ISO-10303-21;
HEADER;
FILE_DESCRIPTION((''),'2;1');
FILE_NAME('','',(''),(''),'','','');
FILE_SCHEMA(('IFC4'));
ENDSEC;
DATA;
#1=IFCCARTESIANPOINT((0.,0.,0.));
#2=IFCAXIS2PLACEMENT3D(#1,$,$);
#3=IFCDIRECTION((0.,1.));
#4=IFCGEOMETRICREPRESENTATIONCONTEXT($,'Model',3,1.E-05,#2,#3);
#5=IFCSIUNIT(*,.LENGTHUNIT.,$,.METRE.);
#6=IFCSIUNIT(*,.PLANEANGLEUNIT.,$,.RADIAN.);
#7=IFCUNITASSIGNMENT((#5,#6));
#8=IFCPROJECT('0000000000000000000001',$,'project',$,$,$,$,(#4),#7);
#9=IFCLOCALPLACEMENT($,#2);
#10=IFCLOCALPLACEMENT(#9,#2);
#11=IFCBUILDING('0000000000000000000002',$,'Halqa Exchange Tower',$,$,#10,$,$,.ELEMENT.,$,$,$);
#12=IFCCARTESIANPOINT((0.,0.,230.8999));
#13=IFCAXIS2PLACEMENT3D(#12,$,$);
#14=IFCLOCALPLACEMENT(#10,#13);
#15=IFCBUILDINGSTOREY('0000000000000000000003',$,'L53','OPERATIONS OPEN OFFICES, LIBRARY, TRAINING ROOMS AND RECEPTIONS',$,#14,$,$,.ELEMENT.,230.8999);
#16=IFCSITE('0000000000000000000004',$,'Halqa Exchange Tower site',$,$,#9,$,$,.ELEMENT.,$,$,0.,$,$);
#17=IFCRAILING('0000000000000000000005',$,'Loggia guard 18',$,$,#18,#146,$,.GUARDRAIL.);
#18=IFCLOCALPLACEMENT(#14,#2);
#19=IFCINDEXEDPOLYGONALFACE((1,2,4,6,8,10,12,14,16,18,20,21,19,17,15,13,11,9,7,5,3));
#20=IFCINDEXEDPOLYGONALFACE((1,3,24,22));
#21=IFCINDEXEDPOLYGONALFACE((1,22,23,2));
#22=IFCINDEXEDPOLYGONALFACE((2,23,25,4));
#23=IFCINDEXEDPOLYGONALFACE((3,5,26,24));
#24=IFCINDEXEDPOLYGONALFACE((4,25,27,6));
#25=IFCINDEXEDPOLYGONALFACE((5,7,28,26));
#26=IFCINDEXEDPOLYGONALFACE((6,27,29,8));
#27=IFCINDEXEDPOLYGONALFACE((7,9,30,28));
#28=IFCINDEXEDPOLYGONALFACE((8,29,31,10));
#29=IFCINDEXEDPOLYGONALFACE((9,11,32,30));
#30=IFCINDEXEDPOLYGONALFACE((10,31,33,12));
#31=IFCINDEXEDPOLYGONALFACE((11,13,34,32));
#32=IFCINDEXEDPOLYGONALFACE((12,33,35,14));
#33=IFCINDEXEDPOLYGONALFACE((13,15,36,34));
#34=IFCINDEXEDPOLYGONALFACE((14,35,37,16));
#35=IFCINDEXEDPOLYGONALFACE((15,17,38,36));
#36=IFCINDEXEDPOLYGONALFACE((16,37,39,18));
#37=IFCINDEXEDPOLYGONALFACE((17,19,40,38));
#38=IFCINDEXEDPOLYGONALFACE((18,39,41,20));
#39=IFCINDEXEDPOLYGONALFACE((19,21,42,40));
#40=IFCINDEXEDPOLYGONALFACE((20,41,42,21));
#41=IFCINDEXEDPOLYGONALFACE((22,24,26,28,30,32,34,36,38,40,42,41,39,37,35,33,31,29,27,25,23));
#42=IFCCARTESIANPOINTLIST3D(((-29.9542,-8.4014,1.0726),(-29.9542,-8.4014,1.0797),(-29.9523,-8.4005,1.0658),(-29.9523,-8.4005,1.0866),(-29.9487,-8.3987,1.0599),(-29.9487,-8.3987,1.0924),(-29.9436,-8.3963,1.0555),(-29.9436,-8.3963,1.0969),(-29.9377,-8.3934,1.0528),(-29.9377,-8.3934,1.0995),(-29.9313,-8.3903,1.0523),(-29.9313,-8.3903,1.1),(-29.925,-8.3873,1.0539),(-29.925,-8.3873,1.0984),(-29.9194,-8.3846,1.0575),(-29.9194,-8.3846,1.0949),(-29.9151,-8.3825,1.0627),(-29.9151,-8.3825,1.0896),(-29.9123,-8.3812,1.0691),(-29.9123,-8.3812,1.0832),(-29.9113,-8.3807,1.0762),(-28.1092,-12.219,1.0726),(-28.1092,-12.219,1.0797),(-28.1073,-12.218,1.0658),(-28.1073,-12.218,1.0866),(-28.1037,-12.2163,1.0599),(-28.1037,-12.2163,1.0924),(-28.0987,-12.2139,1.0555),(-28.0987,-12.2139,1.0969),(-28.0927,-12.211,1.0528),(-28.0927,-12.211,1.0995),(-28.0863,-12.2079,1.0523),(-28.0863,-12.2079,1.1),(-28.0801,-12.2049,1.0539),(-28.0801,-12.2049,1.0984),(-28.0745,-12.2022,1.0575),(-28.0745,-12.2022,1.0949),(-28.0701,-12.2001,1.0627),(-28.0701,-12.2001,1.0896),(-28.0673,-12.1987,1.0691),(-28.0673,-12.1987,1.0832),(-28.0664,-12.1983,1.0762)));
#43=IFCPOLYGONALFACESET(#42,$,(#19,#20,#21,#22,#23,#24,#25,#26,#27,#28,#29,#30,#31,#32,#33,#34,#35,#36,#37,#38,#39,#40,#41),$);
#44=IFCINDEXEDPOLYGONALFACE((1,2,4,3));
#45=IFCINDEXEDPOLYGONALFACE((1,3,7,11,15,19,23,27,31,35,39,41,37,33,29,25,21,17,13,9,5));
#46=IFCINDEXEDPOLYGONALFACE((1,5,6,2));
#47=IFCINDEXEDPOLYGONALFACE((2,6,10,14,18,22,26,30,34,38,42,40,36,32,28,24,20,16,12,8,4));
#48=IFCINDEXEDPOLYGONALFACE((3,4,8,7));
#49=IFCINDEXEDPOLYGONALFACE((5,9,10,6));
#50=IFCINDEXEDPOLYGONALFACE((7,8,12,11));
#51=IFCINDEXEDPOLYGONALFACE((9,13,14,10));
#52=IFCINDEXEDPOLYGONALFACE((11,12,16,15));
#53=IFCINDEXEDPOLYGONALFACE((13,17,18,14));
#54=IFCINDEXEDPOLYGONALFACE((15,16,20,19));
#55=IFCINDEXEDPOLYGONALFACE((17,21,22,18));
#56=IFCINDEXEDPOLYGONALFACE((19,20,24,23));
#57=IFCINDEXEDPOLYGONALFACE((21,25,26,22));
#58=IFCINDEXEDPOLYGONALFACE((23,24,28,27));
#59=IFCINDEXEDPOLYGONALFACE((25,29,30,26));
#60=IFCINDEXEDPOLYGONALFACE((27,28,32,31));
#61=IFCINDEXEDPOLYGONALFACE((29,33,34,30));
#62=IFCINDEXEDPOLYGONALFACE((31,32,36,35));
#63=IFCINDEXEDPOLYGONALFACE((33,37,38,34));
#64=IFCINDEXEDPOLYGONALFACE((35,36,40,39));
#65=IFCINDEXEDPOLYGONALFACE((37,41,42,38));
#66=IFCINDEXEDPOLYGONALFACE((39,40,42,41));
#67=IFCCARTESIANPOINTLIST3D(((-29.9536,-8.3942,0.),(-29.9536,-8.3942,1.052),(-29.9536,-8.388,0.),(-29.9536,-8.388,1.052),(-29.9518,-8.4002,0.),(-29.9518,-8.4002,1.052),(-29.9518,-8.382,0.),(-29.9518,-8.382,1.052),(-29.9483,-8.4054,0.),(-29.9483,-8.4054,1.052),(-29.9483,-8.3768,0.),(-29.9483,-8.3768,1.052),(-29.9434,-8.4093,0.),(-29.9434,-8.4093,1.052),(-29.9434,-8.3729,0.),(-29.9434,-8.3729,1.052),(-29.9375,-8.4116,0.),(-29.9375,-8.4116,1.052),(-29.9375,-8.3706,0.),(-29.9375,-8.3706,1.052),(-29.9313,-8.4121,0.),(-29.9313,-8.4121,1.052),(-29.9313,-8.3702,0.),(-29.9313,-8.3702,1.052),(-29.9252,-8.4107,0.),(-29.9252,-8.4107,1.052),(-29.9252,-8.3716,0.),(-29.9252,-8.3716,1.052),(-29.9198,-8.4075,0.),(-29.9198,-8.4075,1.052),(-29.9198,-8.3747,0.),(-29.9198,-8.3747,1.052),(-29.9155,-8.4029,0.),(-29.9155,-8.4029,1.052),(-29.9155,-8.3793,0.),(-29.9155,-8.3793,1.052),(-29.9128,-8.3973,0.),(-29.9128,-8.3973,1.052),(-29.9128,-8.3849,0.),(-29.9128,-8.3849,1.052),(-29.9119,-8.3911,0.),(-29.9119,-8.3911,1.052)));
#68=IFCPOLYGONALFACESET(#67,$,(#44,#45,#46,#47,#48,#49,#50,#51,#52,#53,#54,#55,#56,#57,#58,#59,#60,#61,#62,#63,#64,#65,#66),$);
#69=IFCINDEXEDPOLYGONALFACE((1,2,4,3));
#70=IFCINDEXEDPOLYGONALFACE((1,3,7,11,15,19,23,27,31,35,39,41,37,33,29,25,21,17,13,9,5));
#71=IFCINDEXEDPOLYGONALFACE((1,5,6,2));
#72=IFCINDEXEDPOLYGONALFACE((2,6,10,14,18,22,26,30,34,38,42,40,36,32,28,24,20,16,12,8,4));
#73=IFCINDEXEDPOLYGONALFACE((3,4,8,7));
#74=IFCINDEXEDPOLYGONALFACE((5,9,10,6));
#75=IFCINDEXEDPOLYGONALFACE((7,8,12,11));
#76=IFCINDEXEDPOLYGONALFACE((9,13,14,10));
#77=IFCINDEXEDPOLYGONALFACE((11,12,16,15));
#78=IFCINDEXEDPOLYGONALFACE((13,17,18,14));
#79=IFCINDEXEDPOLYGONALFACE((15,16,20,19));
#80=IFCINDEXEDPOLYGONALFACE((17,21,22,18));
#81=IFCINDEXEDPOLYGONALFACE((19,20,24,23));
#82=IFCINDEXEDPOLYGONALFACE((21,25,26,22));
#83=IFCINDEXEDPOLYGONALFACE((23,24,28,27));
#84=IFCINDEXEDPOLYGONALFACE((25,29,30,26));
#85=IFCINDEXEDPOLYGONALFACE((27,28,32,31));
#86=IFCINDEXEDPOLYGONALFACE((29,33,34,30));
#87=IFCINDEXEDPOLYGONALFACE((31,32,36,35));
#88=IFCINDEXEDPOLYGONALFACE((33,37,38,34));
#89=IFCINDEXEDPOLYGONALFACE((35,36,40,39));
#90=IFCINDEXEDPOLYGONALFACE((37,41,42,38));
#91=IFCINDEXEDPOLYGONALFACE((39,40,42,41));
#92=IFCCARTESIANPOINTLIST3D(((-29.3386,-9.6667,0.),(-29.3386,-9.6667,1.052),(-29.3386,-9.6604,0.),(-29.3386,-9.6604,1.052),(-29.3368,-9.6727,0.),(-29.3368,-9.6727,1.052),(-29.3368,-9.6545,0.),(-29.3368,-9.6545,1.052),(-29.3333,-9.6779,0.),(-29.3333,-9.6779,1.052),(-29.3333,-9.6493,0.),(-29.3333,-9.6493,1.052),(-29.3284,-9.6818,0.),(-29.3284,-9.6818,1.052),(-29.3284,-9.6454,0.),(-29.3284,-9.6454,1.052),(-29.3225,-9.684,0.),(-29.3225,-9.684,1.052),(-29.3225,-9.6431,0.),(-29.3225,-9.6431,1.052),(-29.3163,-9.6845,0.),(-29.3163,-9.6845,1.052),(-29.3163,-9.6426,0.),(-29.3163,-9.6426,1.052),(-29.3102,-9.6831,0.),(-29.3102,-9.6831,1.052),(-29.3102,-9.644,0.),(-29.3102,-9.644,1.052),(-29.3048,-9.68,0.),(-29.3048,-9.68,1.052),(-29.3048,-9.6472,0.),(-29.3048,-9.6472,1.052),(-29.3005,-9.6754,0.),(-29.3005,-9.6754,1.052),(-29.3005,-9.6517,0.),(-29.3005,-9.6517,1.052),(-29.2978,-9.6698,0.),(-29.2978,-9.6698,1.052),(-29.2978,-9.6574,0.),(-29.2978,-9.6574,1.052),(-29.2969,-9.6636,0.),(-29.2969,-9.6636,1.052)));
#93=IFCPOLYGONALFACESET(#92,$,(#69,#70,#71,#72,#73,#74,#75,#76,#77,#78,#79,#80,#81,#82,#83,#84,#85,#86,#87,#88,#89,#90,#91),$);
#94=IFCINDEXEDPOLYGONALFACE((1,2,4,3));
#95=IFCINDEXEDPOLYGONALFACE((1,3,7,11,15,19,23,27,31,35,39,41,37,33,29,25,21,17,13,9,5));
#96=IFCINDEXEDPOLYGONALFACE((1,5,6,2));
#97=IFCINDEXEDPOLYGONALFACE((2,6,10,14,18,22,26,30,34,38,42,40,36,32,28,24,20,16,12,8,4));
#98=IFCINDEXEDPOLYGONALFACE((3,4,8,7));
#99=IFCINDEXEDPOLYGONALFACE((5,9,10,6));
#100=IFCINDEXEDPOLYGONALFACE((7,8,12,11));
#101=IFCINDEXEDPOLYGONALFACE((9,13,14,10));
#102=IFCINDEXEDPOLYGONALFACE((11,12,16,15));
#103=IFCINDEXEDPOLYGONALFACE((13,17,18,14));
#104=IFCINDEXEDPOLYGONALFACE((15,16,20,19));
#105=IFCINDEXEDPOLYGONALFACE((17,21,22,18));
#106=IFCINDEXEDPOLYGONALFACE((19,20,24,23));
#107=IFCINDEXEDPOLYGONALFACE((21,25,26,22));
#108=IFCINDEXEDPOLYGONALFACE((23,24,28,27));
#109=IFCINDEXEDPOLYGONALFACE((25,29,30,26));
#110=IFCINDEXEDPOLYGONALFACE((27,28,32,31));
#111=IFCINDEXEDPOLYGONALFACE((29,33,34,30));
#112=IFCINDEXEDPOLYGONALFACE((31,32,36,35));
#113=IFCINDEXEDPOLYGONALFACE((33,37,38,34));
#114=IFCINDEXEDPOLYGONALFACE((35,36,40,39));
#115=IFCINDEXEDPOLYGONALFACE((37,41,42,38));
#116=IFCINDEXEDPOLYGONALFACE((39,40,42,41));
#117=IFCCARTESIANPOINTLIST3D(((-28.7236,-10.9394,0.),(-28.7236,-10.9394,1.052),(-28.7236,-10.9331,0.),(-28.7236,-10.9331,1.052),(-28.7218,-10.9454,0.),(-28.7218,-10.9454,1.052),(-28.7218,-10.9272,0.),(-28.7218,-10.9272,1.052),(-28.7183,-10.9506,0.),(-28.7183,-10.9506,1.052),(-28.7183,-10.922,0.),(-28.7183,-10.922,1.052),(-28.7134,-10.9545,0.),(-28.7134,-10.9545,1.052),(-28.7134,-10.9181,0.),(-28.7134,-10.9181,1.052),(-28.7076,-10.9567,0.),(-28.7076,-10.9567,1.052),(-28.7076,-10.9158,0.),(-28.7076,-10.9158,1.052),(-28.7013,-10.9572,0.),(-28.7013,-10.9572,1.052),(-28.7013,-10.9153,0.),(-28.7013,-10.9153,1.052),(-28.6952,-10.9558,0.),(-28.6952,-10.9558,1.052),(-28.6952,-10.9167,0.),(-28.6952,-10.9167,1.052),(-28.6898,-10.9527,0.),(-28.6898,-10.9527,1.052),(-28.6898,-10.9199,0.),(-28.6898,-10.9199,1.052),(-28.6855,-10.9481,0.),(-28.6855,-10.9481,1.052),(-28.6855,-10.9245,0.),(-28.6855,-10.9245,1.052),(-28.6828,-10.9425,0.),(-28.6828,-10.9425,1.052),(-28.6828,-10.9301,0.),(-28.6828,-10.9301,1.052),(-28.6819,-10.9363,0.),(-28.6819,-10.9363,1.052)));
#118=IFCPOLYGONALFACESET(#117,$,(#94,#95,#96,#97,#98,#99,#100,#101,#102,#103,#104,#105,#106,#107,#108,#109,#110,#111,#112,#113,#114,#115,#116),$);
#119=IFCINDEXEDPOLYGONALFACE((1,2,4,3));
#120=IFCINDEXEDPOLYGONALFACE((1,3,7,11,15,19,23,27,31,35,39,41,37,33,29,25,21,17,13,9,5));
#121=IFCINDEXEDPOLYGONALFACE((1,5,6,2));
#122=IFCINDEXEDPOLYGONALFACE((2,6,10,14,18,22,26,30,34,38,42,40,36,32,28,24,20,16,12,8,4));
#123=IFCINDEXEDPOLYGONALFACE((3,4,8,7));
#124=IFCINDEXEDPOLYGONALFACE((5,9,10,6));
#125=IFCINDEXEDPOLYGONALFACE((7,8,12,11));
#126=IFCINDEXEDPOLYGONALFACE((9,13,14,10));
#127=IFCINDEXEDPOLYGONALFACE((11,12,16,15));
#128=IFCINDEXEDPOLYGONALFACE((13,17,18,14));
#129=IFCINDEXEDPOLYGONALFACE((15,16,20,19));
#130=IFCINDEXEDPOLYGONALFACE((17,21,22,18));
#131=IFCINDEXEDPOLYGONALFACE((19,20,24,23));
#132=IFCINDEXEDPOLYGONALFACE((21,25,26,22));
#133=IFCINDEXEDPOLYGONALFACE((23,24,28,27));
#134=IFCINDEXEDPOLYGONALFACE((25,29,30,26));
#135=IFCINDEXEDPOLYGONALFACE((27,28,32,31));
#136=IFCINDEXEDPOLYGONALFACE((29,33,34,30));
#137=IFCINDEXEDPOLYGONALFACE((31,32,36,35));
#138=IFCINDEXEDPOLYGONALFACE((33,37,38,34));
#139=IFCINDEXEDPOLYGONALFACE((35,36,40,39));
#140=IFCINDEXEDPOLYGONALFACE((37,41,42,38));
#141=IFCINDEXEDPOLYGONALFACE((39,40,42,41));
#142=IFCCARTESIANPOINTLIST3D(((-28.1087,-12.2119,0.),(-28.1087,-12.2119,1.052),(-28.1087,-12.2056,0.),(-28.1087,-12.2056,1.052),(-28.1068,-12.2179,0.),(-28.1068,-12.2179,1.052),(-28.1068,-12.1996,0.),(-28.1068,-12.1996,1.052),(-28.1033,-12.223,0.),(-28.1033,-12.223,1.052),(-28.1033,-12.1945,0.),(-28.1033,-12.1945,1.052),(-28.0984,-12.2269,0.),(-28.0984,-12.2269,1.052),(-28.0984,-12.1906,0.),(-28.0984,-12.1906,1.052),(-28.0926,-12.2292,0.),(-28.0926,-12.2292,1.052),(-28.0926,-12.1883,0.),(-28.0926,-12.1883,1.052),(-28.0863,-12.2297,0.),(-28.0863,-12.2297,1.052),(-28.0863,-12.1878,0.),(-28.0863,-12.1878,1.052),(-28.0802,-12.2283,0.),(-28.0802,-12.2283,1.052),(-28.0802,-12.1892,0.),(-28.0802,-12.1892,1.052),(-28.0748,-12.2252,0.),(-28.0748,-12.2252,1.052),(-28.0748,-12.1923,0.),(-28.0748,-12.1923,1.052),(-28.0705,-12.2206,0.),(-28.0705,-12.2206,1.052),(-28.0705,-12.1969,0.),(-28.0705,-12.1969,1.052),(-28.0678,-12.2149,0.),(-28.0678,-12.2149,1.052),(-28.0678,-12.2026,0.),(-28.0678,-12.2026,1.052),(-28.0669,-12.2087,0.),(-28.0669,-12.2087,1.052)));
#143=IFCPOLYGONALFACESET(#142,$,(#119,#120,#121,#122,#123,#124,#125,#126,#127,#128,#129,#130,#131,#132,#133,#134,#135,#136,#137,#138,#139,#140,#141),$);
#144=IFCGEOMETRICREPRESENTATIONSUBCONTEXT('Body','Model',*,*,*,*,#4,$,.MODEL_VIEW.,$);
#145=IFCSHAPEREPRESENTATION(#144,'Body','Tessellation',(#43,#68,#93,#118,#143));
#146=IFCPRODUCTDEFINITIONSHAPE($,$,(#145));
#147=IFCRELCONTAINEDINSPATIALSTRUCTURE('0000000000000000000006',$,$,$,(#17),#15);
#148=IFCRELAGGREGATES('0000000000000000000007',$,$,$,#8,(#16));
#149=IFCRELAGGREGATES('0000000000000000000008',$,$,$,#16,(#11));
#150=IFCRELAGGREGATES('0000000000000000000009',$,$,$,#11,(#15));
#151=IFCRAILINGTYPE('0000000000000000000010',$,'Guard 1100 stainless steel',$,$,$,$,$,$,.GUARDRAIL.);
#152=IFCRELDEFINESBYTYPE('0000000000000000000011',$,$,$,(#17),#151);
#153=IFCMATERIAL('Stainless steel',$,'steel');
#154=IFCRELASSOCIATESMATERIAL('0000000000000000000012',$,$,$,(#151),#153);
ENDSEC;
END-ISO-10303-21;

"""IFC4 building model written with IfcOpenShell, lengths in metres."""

from ifc_helpers import new_model, si_unit, direction, frame, origin, origin_2d, place, context, subcontext, project, spatial, circle, extrude, material, type_object, element, save


model = new_model("IFC4")

# Units and contexts
model_context = context("Model", 3, precision=1e-05, world=origin(), true_north=direction((0.0, 1.0)))
body_context = subcontext(model_context, "Body", "Model", "MODEL_VIEW")
ifc_project = project(units=[si_unit("LENGTHUNIT", "METRE"), si_unit("PLANEANGLEUNIT", "RADIAN")], contexts=[model_context])

# Site, building, storey
site_placement = place(None, origin())
site = spatial("IfcSite", under=ifc_project, at=site_placement, Name="Halqa Exchange Tower site", CompositionType="ELEMENT", RefElevation=0.0)
building_placement = place(site_placement, origin())
building = spatial("IfcBuilding", under=site, at=building_placement, Name="Halqa Exchange Tower", CompositionType="ELEMENT")
storey_placement = place(building_placement, frame((0.0, 0.0, 230.8999)))
storey = spatial("IfcBuildingStorey", under=building, at=storey_placement, Name="L53", Description="OPERATIONS OPEN OFFICES, LIBRARY, TRAINING ROOMS AND RECEPTIONS", CompositionType="ELEMENT", Elevation=230.8999)

# Railing
ifc_material_1 = material(Name="Stainless steel", Category="steel")
railing_type = type_object("IfcRailingType", Name="Guard 1100 stainless steel", PredefinedType="GUARDRAIL", material=ifc_material_1)
railing_1_placement = place(storey_placement, frame((-29.9329, -8.3911, 0.0)))
element("IfcRailing", 1, at=railing_1_placement, inside=storey, type_object=railing_type, Name="Loggia guard 18", PredefinedType="GUARDRAIL", context=body_context, shape_type="SweptSolid", body=[
    extrude(circle(Radius=0.0239, at=origin_2d()), frame((0.0, 0.0, 1.0762), z_axis=(0.435127, -0.900369, 0.0), x_axis=(0.900369, 0.435127, 0.0)), (0.0, 0.0, 1.0), 4.24),
    extrude(circle(Radius=0.021, at=origin_2d()), origin(), (0.0, 0.0, 1.0), 1.052),
    extrude(circle(Radius=0.021, at=origin_2d()), frame((0.615, -1.2725, 0.0)), (0.0, 0.0, 1.0), 1.052),
    extrude(circle(Radius=0.021, at=origin_2d()), frame((1.23, -2.5452, 0.0)), (0.0, 0.0, 1.0), 1.052),
    extrude(circle(Radius=0.021, at=origin_2d()), frame((1.845, -3.8176, 0.0)), (0.0, 0.0, 1.0), 1.052),
])

save(model, "model.ifc")
